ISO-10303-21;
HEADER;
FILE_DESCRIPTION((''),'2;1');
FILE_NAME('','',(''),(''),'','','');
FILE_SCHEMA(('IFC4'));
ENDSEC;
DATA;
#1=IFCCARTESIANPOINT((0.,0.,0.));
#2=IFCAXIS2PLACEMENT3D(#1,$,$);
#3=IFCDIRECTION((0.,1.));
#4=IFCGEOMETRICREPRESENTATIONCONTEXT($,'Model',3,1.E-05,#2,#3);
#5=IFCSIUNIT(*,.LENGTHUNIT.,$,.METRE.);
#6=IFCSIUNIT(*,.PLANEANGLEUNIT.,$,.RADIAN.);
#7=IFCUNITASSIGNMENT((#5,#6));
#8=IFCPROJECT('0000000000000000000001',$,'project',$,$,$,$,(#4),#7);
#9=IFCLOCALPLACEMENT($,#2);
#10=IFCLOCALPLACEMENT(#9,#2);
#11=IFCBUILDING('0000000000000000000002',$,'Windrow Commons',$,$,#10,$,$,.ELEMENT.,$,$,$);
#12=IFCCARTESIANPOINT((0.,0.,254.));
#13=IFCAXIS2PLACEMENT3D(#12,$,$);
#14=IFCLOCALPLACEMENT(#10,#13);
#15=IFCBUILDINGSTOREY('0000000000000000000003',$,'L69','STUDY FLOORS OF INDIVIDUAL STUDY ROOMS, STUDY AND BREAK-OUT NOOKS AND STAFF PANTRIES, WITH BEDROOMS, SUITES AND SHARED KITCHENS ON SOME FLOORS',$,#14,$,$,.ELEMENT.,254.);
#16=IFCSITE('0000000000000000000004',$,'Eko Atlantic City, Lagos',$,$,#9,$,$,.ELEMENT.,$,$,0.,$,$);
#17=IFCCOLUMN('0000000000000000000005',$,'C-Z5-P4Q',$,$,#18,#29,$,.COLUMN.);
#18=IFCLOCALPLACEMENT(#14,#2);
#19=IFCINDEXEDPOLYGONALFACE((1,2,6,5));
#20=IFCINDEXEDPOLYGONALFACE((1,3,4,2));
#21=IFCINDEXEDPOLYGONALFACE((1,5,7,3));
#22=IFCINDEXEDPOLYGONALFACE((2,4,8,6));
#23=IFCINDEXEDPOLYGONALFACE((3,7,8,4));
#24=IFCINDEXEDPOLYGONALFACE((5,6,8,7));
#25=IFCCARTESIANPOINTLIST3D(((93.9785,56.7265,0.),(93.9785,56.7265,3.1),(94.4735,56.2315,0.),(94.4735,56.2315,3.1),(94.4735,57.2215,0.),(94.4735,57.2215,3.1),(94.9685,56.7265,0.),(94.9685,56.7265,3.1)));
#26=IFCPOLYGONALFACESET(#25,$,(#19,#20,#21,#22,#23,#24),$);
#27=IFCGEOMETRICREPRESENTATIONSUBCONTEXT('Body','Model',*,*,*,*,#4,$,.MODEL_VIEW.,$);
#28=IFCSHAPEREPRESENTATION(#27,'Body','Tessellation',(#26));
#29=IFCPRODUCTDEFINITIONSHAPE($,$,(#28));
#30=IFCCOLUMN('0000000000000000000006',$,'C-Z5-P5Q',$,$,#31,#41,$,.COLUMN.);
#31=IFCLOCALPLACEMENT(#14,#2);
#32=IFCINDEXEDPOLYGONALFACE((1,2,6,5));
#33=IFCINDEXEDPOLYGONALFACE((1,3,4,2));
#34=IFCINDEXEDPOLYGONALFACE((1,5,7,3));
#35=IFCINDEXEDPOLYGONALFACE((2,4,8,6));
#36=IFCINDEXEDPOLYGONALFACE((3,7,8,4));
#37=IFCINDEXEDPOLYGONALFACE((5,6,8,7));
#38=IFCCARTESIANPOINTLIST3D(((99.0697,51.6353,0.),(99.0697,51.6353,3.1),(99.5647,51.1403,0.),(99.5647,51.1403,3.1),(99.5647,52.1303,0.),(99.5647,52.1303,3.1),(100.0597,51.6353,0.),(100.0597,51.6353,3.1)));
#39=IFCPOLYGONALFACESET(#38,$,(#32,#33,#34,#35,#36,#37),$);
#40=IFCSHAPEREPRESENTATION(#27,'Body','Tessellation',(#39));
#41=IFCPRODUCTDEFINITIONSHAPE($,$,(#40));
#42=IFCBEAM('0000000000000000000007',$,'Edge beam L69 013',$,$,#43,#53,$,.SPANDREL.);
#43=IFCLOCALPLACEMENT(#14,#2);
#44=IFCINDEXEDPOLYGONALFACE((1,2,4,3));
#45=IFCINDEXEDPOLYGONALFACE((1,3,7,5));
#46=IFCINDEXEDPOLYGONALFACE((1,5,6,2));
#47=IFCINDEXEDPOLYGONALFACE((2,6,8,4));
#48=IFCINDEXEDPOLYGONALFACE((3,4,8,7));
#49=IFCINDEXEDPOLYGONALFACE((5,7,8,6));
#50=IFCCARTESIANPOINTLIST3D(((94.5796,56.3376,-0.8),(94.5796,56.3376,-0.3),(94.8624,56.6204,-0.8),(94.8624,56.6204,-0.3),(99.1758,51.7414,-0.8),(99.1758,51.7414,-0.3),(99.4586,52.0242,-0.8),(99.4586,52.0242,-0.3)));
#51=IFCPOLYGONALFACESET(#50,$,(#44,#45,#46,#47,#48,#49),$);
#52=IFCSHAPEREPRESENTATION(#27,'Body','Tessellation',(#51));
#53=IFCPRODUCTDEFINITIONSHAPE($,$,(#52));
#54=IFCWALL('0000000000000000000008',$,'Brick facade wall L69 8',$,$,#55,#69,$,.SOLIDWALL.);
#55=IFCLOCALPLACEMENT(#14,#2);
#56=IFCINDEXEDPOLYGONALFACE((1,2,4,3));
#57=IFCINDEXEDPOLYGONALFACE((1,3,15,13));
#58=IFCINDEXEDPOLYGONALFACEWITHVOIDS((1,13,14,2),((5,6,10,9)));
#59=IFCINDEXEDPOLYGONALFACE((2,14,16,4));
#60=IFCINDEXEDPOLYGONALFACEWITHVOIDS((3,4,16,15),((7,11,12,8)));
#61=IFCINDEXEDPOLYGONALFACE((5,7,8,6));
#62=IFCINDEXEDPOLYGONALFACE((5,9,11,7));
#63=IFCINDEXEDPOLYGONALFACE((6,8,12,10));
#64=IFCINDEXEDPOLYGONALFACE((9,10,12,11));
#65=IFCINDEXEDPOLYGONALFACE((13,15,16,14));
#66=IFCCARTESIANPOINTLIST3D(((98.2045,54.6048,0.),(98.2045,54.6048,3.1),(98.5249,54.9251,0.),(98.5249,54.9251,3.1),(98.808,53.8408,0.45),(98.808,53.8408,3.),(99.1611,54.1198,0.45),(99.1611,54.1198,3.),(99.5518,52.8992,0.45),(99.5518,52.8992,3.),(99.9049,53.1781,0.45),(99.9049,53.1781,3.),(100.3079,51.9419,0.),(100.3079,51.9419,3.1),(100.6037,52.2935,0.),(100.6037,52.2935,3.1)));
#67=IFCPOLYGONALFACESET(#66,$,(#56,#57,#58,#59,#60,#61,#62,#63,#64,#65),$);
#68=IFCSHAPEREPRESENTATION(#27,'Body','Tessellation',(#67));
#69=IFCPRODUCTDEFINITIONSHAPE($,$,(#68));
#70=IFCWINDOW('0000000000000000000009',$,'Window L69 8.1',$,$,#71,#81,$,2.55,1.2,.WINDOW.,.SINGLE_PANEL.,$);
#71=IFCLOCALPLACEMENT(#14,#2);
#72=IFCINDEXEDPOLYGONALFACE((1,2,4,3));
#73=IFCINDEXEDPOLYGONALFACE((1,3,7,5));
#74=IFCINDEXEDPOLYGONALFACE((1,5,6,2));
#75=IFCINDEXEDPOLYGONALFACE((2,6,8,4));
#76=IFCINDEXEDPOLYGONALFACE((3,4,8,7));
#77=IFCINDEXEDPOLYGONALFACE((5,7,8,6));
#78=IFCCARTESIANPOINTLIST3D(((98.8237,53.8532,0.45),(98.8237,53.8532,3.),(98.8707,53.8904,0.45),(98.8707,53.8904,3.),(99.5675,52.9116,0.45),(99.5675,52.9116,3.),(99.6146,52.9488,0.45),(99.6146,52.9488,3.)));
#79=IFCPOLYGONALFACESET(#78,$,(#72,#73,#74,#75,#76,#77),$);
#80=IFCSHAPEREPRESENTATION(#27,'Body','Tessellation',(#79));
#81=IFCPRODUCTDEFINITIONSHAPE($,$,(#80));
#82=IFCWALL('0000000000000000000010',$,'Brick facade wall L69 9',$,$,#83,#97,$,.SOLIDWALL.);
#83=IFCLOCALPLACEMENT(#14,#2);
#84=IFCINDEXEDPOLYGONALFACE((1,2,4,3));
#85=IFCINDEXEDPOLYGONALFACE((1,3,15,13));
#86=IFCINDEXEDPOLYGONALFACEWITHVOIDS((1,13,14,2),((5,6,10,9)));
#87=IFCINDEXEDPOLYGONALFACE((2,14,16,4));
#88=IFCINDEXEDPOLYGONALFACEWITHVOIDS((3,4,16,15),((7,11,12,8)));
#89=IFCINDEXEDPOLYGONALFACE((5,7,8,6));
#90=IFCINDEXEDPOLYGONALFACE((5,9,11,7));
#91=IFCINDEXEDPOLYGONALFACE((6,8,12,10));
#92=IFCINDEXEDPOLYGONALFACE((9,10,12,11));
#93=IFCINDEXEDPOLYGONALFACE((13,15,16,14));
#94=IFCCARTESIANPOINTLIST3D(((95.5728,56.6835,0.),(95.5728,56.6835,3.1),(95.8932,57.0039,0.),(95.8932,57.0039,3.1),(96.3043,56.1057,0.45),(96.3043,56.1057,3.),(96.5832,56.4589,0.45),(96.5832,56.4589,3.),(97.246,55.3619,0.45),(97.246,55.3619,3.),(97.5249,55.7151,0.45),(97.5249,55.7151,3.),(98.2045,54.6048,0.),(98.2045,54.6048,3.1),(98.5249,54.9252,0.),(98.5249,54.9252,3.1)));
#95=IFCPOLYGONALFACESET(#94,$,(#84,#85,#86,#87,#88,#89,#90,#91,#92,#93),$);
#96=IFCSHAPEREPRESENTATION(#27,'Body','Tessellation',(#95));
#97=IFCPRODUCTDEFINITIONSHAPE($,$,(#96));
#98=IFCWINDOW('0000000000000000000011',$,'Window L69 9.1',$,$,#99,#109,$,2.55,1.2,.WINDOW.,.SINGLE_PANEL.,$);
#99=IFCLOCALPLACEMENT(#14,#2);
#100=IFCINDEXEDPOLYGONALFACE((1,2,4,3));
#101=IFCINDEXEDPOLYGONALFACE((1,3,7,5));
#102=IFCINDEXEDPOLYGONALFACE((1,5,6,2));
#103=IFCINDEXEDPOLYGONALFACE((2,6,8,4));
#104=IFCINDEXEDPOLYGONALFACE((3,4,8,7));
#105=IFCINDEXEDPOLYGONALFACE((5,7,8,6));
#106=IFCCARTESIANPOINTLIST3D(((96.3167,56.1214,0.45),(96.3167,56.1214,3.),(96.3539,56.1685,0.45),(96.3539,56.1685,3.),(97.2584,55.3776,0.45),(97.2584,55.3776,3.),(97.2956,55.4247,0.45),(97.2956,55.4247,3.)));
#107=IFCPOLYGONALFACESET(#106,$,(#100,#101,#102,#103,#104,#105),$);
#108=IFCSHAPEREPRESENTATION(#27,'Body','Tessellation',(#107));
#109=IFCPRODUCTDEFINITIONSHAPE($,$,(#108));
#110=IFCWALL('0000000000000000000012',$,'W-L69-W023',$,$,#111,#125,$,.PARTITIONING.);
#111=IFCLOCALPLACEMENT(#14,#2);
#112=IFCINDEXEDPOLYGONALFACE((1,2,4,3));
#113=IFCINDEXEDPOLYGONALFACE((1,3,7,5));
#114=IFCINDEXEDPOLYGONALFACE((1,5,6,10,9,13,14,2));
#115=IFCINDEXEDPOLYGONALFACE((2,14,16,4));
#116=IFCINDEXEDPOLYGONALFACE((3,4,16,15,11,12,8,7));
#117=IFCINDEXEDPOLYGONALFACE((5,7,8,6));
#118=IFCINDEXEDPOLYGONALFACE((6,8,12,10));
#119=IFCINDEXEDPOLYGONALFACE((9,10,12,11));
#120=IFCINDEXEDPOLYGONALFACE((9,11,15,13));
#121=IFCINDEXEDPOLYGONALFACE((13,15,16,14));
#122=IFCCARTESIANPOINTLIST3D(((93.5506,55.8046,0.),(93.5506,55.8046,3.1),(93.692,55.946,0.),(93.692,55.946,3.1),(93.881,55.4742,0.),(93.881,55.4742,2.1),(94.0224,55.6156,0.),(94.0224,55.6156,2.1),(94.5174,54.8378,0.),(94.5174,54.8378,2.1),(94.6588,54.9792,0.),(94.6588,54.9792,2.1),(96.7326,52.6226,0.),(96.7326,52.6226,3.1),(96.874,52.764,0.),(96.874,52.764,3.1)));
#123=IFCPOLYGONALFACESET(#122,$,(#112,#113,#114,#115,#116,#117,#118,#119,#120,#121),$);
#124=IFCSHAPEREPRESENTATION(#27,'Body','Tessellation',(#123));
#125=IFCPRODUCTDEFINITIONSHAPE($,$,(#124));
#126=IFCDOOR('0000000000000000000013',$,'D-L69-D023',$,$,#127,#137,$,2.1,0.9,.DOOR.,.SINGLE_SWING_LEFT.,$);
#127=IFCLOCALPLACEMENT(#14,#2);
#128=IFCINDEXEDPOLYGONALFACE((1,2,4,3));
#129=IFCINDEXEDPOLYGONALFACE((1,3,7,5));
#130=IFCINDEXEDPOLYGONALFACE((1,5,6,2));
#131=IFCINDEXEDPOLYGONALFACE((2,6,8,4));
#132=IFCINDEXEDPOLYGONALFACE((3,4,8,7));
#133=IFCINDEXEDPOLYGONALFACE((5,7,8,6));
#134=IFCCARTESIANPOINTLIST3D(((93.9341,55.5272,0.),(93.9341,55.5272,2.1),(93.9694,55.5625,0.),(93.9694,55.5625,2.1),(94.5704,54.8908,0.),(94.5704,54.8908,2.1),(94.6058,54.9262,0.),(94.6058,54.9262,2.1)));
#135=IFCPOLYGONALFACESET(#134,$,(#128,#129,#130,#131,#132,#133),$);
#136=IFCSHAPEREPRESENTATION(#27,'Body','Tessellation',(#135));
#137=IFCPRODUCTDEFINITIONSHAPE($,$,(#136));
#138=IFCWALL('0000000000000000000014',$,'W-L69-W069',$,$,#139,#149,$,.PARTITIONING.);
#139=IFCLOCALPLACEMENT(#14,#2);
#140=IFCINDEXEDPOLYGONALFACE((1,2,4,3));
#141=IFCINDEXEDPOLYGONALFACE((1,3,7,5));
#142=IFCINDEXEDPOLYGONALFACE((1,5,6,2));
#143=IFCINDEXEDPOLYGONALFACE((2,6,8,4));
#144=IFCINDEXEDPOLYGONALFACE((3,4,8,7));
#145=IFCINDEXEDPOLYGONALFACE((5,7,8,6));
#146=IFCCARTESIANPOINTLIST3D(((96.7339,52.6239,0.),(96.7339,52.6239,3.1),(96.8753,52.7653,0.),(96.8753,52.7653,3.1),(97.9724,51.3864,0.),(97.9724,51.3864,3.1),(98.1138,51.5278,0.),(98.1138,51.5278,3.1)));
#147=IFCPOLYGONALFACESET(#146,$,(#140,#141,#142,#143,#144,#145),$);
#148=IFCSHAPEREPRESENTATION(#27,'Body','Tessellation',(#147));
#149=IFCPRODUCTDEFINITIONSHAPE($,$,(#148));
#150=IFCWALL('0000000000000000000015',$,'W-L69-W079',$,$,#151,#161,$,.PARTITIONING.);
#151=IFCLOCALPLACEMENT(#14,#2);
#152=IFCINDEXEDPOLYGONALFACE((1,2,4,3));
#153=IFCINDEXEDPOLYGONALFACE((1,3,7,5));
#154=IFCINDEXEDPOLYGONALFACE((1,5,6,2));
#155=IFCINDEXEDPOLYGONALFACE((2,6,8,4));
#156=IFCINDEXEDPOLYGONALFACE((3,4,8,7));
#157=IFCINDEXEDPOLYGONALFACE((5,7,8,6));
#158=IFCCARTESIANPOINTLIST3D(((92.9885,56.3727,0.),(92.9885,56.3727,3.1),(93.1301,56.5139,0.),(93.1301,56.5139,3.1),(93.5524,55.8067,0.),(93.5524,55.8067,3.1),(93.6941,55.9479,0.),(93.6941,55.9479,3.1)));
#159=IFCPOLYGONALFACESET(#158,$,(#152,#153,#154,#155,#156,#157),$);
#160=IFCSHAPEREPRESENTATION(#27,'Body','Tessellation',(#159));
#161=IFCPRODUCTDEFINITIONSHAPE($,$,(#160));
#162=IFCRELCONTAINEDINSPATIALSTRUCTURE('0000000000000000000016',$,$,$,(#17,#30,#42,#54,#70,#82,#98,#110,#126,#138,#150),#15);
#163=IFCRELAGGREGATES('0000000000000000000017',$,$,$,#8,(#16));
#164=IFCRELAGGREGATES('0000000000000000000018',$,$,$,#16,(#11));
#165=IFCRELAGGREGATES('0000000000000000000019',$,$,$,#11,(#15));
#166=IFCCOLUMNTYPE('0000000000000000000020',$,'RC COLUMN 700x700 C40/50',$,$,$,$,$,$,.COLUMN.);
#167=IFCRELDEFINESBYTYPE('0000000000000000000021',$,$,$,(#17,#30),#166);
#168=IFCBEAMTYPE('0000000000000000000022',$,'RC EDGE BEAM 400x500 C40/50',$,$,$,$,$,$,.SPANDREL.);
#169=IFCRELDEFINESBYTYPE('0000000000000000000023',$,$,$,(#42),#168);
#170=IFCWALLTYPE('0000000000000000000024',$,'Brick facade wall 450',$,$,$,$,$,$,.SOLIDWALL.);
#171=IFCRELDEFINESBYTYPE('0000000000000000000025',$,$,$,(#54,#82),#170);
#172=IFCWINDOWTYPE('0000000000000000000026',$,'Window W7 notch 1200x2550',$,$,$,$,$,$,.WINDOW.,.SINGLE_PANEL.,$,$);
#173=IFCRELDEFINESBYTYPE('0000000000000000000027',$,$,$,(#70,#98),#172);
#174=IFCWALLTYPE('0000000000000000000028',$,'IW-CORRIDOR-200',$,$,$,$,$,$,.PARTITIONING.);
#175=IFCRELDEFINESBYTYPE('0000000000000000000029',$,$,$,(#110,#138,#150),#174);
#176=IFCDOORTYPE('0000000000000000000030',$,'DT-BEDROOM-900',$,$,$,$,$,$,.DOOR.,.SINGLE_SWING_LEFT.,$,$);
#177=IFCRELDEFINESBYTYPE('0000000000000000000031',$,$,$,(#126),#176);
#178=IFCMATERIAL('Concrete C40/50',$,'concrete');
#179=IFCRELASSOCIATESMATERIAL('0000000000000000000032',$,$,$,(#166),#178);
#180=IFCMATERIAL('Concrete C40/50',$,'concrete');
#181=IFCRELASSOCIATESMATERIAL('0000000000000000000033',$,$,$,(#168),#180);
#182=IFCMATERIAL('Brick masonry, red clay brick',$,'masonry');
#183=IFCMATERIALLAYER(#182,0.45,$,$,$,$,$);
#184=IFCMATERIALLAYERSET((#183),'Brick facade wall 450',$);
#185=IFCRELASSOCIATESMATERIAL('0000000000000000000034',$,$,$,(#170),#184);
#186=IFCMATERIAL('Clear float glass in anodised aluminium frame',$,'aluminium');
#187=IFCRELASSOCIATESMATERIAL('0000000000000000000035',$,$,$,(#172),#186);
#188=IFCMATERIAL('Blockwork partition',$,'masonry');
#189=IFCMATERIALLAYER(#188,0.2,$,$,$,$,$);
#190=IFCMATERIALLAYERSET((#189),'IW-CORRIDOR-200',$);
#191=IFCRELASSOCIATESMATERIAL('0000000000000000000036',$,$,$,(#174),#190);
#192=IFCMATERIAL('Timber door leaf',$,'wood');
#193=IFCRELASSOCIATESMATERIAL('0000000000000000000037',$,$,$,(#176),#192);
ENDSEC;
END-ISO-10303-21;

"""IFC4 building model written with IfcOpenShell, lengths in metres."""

from ifc_helpers import new_model, si_unit, direction, frame, frame_2d, origin, origin_2d, place, context, subcontext, project, spatial, polyline, rectangle, outline, extrude, material, layer, layer_set, material_profile, profile_set, type_object, element, fill, save


model = new_model("IFC4")

# Units and contexts
model_context = context("Model", 3, precision=1e-05, world=origin(), true_north=direction((0.0, 1.0)))
body_context = subcontext(model_context, "Body", "Model", "MODEL_VIEW")
ifc_project = project(units=[si_unit("LENGTHUNIT", "METRE"), si_unit("PLANEANGLEUNIT", "RADIAN")], contexts=[model_context])

# Site, building, storey
site_placement = place(None, origin())
site = spatial("IfcSite", under=ifc_project, at=site_placement, Name="Eko Atlantic City, Lagos", CompositionType="ELEMENT", RefElevation=0.0)
building_placement = place(site_placement, origin())
building = spatial("IfcBuilding", under=site, at=building_placement, Name="Windrow Commons", CompositionType="ELEMENT")
storey_placement = place(building_placement, frame((0.0, 0.0, 254.0)))
storey = spatial("IfcBuildingStorey", under=building, at=storey_placement, Name="L69", Description="STUDY FLOORS OF INDIVIDUAL STUDY ROOMS, STUDY AND BREAK-OUT NOOKS AND STAFF PANTRIES, WITH BEDROOMS, SUITES AND SHARED KITCHENS ON SOME FLOORS", CompositionType="ELEMENT", Elevation=254.0)

# Columns
ifc_material_1 = material(Name="Concrete C40/50", Category="concrete")
ifc_material_profile_1 = material_profile(ifc_material_1, rectangle(XDim=0.7, YDim=0.7, at=origin_2d()))
ifc_profile_set_1 = profile_set([ifc_material_profile_1], Name="Concrete C40/50")
column_type = type_object("IfcColumnType", Name="RC COLUMN 700x700 C40/50", PredefinedType="COLUMN", material=ifc_profile_set_1)
for number, where, z_axis, x_axis, name in (
    (1, (94.4735, 56.7265, 0.0), (0.0, 0.0, 1.0), (0.707107, -0.707107, 0.0), "C-Z5-P4Q"),
    (2, (99.5647, 51.6353, 0.0), (0.0, 0.0, 1.0), (0.707107, -0.707107, 0.0), "C-Z5-P5Q"),
):
    element("IfcColumn", number, at=place(storey_placement, frame(where, z_axis=z_axis, x_axis=x_axis)), inside=storey, type_object=column_type, Name=name, PredefinedType="COLUMN", context=body_context, shape_type="SweptSolid", body=[
        extrude(rectangle(XDim=0.7, YDim=0.7, at=origin_2d()), origin(), (0.0, 0.0, 1.0), 3.1),
    ])

# Beam
ifc_material_2 = material(Name="Concrete C40/50", Category="concrete")
ifc_material_profile_2 = material_profile(ifc_material_2, rectangle(XDim=0.4, YDim=0.5, at=origin_2d()))
ifc_profile_set_2 = profile_set([ifc_material_profile_2], Name="Concrete C40/50")
beam_type = type_object("IfcBeamType", Name="RC EDGE BEAM 400x500 C40/50", PredefinedType="SPANDREL", material=ifc_profile_set_2)
beam_placement = place(storey_placement, frame((94.721, 56.479, -0.55), z_axis=(0.707107, -0.707107, 0.0), x_axis=(0.707107, 0.707107, 0.0)))
element("IfcBeam", 3, at=beam_placement, inside=storey, type_object=beam_type, Name="Edge beam L69 013", PredefinedType="SPANDREL", context=body_context, shape_type="SweptSolid", body=[
    extrude(rectangle(XDim=0.4, YDim=0.5, at=origin_2d()), origin(), (0.0, 0.0, 1.0), 6.5),
])

# Walls, openings, windows
ifc_material_3 = material(Name="Brick masonry, red clay brick", Category="masonry")
ifc_layer_1 = layer(ifc_material_3, 0.45)
ifc_layer_set_1 = layer_set([ifc_layer_1], Name="Brick facade wall 450")
wall_type_1 = type_object("IfcWallType", Name="Brick facade wall 450", PredefinedType="SOLIDWALL", material=ifc_layer_set_1)
wall_1_placement = place(storey_placement, frame((100.4558, 52.1177, 0.0), z_axis=(0.0, 0.0, 1.0), x_axis=(-0.61985, 0.78472, 0.0)))
wall_1 = element("IfcWall", 4, at=wall_1_placement, inside=storey, type_object=wall_type_1, Name="Brick facade wall L69 8", PredefinedType="SOLIDWALL", context=body_context, shape_type="SweptSolid", body=[
    extrude(outline(polyline([(0.0463, -0.225), (3.3999, -0.225), (3.3471, 0.225), (-0.0463, 0.225), (0.0463, -0.225)])), origin(), (0.0, 0.0, 1.0), 3.1),
])
opening_1_placement = place(wall_1_placement, frame((1.1736, 0.0, 0.45)))
opening_1 = element("IfcOpeningElement", 5, at=opening_1_placement, cuts=wall_1, PredefinedType="OPENING", context=body_context, shape_type="SweptSolid", body=[
    extrude(rectangle(XDim=1.2, YDim=2.55, at=frame_2d((0.6, 1.275))), frame((0.0, 0.235, 0.0), z_axis=(0.0, -1.0, 0.0), x_axis=(1.0, 0.0, 0.0)), (0.0, 0.0, 1.0), 0.47),
])
ifc_material_4 = material(Name="Clear float glass in anodised aluminium frame", Category="aluminium")
window_type = type_object("IfcWindowType", Name="Window W7 notch 1200x2550", PartitioningType="SINGLE_PANEL", PredefinedType="WINDOW", material=ifc_material_4)
window_1_placement = place(opening_1_placement, origin())
window_1 = element("IfcWindow", 6, at=window_1_placement, inside=storey, type_object=window_type, Name="Window L69 8.1", OverallHeight=2.55, OverallWidth=1.2, PartitioningType="SINGLE_PANEL", PredefinedType="WINDOW", context=body_context, shape_type="SweptSolid", body=[
    extrude(rectangle(XDim=1.2, YDim=2.55, at=frame_2d((0.6, 1.275))), frame((0.0, 0.205, 0.0), z_axis=(0.0, -1.0, 0.0), x_axis=(1.0, 0.0, 0.0)), (0.0, 0.0, 1.0), 0.06),
])
fill(opening_1, window_1)
wall_2_placement = place(storey_placement, frame((98.3647, 54.765, 0.0), z_axis=(0.0, 0.0, 1.0), x_axis=(-0.784732, 0.619836, 0.0)))
wall_2 = element("IfcWall", 7, at=wall_2_placement, inside=storey, type_object=wall_type_1, Name="Brick facade wall L69 9", PredefinedType="SOLIDWALL", context=body_context, shape_type="SweptSolid", body=[
    extrude(outline(polyline([(-0.0264, -0.225), (3.3272, -0.225), (3.38, 0.225), (0.0264, 0.225), (-0.0264, -0.225)])), origin(), (0.0, 0.0, 1.0), 3.1),
])
opening_2_placement = place(wall_2_placement, frame((1.2479, 0.0, 0.45)))
opening_2 = element("IfcOpeningElement", 8, at=opening_2_placement, cuts=wall_2, PredefinedType="OPENING", context=body_context, shape_type="SweptSolid", body=[
    extrude(rectangle(XDim=1.2, YDim=2.55, at=frame_2d((0.6, 1.275))), frame((0.0, 0.235, 0.0), z_axis=(0.0, -1.0, 0.0), x_axis=(1.0, 0.0, 0.0)), (0.0, 0.0, 1.0), 0.47),
])
window_2_placement = place(opening_2_placement, origin())
window_2 = element("IfcWindow", 9, at=window_2_placement, inside=storey, type_object=window_type, Name="Window L69 9.1", OverallHeight=2.55, OverallWidth=1.2, PartitioningType="SINGLE_PANEL", PredefinedType="WINDOW", context=body_context, shape_type="SweptSolid", body=[
    extrude(rectangle(XDim=1.2, YDim=2.55, at=frame_2d((0.6, 1.275))), frame((0.0, 0.205, 0.0), z_axis=(0.0, -1.0, 0.0), x_axis=(1.0, 0.0, 0.0)), (0.0, 0.0, 1.0), 0.06),
])
fill(opening_2, window_2)

# Wall, opening, door
ifc_material_5 = material(Name="Blockwork partition", Category="masonry")
ifc_layer_2 = layer(ifc_material_5, 0.2)
ifc_layer_set_2 = layer_set([ifc_layer_2], Name="IW-CORRIDOR-200")
wall_type_2 = type_object("IfcWallType", Name="IW-CORRIDOR-200", PredefinedType="PARTITIONING", material=ifc_layer_set_2)
wall_3_placement = place(storey_placement, frame((93.6213, 55.8753, 0.0), z_axis=(0.0, 0.0, 1.0), x_axis=(0.707107, -0.707107, 0.0)))
wall_3 = element("IfcWall", 10, at=wall_3_placement, inside=storey, type_object=wall_type_2, Name="W-L69-W023", PredefinedType="PARTITIONING", context=body_context, shape_type="SweptSolid", body=[
    extrude(rectangle(XDim=4.5, YDim=0.2, at=frame_2d((2.25, 0.0))), origin(), (0.0, 0.0, 1.0), 3.1),
])
opening_3_placement = place(wall_3_placement, frame((0.4673, 0.0, 0.0)))
opening_3 = element("IfcOpeningElement", 11, at=opening_3_placement, cuts=wall_3, PredefinedType="OPENING", context=body_context, shape_type="SweptSolid", body=[
    extrude(rectangle(XDim=0.9, YDim=2.1, at=frame_2d((0.45, 1.05))), frame((0.0, 0.11, 0.0), z_axis=(0.0, -1.0, 0.0), x_axis=(1.0, 0.0, 0.0)), (0.0, 0.0, 1.0), 0.22),
])
ifc_material_6 = material(Name="Timber door leaf", Category="wood")
door_type_1 = type_object("IfcDoorType", Name="DT-BEDROOM-900", OperationType="SINGLE_SWING_LEFT", PredefinedType="DOOR", material=ifc_material_6)
door_1_placement = place(opening_3_placement, origin())
door_1 = element("IfcDoor", 12, at=door_1_placement, inside=storey, type_object=door_type_1, Name="D-L69-D023", OperationType="SINGLE_SWING_LEFT", OverallHeight=2.1, OverallWidth=0.9, PredefinedType="DOOR", context=body_context, shape_type="SweptSolid", body=[
    extrude(rectangle(XDim=0.9, YDim=2.1, at=frame_2d((0.45, 1.05))), frame((0.0, 0.025, 0.0), z_axis=(0.0, -1.0, 0.0), x_axis=(1.0, 0.0, 0.0)), (0.0, 0.0, 1.0), 0.05),
])
fill(opening_3, door_1)

# Walls
wall_4_placement = place(storey_placement, frame((96.8046, 52.6946, 0.0), z_axis=(0.0, 0.0, 1.0), x_axis=(0.707392, -0.706821, 0.0)))
element("IfcWall", 13, at=wall_4_placement, inside=storey, type_object=wall_type_2, Name="W-L69-W069", PredefinedType="PARTITIONING", context=body_context, shape_type="SweptSolid", body=[
    extrude(rectangle(XDim=1.7508, YDim=0.2, at=frame_2d((0.8754, 0.0))), origin(), (0.0, 0.0, 1.0), 3.1),
])
wall_5_placement = place(storey_placement, frame((93.0593, 56.4433, 0.0), z_axis=(0.0, 0.0, 1.0), x_axis=(0.705854, -0.708357, 0.0)))
element("IfcWall", 14, at=wall_5_placement, inside=storey, type_object=wall_type_2, Name="W-L69-W079", PredefinedType="PARTITIONING", context=body_context, shape_type="SweptSolid", body=[
    extrude(rectangle(XDim=0.799, YDim=0.2, at=frame_2d((0.3995, 0.0))), origin(), (0.0, 0.0, 1.0), 3.1),
])

save(model, "model.ifc")
